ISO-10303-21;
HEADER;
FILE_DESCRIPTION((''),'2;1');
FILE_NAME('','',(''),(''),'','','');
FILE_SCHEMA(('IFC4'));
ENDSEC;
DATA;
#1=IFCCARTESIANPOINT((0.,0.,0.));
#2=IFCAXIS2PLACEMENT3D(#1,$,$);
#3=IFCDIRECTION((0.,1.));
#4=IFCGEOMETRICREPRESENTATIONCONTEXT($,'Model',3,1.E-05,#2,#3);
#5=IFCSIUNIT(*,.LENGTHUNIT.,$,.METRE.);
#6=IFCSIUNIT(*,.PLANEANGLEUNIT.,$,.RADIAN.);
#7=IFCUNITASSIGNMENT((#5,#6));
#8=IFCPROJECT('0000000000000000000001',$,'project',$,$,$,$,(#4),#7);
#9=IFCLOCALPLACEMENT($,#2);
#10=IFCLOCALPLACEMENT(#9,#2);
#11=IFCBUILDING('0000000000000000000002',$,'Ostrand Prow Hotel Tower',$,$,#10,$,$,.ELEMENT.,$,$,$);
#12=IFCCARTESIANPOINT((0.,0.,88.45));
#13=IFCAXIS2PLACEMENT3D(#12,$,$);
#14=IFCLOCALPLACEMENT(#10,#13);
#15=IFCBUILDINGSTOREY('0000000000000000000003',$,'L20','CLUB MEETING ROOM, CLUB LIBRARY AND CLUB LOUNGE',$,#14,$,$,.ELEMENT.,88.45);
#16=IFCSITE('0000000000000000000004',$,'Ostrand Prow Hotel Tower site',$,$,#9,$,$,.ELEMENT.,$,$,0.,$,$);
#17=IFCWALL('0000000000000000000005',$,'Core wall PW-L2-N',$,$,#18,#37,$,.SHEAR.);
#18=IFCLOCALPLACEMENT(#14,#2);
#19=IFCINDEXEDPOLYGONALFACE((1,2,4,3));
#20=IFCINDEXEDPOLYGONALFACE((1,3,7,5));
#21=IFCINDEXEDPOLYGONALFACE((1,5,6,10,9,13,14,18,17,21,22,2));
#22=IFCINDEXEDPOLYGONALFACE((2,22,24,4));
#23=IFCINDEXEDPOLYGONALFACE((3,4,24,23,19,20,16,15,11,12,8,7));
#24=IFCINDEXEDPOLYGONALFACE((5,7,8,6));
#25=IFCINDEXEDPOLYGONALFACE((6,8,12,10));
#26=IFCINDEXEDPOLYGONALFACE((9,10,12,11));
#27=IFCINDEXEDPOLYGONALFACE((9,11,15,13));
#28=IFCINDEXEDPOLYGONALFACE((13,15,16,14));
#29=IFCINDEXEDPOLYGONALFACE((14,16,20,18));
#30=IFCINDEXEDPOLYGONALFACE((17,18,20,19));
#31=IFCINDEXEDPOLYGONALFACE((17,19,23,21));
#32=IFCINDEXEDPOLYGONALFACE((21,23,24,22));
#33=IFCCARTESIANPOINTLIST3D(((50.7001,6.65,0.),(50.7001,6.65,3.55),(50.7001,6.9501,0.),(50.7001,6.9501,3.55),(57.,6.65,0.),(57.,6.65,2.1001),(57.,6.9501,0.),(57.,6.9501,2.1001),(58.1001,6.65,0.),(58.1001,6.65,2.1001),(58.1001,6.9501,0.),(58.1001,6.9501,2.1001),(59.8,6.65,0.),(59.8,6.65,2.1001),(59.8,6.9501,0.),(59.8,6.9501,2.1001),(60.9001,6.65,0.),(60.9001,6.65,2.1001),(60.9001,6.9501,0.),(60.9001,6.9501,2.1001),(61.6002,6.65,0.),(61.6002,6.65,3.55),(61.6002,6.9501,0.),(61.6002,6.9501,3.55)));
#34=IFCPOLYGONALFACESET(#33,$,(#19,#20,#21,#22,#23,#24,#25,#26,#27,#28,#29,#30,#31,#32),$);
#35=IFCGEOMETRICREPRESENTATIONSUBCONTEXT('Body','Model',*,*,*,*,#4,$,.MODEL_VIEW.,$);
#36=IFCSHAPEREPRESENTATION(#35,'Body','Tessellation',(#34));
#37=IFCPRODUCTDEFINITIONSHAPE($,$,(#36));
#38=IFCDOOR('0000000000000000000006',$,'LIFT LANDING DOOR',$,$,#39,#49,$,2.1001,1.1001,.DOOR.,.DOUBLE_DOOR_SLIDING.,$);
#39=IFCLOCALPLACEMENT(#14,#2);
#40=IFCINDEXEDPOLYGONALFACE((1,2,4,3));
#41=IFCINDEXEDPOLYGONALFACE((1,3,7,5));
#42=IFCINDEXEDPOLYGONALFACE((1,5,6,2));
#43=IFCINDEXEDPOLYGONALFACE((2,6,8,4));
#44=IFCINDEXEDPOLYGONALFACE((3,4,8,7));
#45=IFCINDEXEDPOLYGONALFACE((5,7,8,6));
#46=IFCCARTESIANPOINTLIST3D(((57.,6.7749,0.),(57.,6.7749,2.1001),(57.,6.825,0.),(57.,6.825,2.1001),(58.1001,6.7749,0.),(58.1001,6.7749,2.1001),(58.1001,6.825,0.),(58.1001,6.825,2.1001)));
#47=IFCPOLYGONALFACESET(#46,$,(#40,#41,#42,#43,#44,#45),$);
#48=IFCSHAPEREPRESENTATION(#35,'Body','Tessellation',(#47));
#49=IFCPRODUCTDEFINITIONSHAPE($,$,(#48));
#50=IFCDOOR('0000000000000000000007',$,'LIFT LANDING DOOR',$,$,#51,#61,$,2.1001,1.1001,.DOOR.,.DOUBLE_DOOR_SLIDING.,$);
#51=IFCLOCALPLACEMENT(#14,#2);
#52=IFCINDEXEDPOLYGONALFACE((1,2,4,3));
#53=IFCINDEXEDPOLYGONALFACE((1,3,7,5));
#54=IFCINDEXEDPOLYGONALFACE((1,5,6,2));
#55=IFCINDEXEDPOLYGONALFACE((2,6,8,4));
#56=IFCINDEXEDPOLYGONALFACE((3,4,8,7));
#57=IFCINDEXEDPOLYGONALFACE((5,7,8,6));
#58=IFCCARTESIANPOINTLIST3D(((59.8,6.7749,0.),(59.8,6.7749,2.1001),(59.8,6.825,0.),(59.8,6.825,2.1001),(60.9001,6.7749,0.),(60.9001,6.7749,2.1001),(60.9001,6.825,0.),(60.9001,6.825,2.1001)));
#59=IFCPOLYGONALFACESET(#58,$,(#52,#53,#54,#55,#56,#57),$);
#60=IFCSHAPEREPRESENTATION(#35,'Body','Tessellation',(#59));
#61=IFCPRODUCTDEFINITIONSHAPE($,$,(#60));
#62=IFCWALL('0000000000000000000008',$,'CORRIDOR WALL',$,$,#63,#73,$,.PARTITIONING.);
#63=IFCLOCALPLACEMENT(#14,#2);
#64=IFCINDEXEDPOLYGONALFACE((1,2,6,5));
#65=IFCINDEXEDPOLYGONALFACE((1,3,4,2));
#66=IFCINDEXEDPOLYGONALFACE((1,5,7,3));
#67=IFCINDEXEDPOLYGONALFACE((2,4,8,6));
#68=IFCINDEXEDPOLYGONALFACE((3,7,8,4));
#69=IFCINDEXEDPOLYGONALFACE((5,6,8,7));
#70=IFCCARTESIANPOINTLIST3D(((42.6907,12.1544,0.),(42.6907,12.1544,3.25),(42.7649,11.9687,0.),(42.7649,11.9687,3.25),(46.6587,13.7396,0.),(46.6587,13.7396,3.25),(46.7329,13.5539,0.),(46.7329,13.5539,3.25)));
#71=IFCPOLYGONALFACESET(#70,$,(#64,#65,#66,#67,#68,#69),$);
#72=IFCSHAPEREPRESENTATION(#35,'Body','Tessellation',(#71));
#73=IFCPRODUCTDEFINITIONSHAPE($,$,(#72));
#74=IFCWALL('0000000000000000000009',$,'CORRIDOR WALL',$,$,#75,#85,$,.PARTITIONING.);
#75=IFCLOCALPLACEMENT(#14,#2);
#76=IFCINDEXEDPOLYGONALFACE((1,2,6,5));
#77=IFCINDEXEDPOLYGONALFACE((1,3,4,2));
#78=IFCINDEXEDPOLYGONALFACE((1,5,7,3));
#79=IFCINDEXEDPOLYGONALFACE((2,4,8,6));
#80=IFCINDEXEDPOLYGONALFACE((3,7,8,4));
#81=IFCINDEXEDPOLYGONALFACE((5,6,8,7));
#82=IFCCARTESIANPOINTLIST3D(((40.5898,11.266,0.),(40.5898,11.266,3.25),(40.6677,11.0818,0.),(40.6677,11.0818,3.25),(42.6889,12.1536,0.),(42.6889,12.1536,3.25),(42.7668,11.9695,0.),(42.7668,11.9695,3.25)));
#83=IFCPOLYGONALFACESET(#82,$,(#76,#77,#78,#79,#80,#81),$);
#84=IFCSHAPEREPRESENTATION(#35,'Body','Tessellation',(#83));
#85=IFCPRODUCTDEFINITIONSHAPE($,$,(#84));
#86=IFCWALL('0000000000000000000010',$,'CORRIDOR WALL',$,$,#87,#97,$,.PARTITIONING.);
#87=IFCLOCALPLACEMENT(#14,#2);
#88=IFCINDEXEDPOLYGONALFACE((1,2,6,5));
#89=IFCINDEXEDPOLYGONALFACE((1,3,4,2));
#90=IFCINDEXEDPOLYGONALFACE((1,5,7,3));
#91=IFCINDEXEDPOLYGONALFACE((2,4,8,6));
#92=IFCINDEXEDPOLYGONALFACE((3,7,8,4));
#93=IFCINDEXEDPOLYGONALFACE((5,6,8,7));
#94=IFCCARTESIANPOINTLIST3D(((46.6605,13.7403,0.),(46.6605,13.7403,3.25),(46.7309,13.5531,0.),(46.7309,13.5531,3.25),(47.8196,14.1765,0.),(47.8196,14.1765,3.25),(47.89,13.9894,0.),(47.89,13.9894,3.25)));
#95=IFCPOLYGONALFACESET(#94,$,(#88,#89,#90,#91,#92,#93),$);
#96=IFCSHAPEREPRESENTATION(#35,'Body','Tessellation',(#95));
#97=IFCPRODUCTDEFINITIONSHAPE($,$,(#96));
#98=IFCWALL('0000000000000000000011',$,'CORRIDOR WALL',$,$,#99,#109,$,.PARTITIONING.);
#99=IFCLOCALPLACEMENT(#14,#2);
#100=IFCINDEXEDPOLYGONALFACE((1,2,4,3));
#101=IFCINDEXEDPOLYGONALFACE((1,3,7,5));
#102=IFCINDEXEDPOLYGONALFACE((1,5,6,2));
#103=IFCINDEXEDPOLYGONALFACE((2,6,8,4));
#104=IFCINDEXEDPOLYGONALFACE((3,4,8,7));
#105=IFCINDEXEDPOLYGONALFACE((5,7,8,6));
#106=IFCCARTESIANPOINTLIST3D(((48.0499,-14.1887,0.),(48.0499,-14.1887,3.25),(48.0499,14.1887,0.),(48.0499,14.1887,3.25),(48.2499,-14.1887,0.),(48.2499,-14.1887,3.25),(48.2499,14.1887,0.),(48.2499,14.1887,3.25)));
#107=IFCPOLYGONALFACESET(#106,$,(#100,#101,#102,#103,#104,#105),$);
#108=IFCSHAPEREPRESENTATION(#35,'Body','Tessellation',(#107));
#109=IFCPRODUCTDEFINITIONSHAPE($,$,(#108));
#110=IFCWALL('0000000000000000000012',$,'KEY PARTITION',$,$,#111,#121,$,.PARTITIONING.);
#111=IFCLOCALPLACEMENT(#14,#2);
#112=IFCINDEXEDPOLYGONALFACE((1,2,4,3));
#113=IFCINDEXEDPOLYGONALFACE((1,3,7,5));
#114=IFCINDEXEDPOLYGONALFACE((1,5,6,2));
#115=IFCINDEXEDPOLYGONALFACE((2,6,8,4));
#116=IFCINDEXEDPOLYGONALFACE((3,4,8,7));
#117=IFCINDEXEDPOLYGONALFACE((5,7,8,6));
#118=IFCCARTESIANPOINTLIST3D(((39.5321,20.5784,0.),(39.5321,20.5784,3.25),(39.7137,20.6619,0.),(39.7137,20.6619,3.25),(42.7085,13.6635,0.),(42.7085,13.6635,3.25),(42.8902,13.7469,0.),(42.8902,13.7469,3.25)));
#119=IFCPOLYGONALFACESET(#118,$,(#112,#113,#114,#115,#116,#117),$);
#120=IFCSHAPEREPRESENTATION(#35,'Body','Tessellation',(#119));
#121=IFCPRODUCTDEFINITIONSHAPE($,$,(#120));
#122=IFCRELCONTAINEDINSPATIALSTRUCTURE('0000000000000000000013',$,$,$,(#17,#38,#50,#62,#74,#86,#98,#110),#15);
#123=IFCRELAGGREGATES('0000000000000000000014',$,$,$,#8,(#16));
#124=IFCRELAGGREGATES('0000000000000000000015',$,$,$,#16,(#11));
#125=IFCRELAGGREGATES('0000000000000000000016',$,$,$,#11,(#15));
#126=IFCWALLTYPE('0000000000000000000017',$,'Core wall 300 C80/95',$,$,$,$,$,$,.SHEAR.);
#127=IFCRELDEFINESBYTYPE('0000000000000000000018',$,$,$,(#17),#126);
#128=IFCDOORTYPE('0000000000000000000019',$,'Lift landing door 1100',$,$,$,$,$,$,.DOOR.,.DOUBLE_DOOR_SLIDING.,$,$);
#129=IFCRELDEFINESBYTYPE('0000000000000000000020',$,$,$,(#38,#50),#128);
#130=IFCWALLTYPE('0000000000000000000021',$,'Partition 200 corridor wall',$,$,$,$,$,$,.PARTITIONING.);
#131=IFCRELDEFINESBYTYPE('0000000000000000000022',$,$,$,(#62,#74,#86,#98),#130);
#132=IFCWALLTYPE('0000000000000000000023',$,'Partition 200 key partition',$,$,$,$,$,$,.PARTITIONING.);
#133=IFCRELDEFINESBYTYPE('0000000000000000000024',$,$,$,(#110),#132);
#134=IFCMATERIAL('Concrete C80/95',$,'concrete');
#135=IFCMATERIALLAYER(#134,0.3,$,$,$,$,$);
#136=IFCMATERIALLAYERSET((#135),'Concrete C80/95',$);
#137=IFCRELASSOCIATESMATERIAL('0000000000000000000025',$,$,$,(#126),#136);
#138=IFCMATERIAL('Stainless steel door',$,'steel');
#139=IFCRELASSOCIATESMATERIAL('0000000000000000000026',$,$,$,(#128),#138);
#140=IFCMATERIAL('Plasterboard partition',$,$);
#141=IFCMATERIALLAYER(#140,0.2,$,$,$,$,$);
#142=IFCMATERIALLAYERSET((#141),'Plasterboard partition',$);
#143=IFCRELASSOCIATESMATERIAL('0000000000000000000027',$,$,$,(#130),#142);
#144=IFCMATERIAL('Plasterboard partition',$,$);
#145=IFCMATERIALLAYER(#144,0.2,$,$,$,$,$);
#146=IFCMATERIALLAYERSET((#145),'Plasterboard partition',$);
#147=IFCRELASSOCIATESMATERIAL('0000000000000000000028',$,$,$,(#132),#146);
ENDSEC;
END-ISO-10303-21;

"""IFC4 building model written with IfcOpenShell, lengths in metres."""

from ifc_helpers import new_model, si_unit, direction, frame, frame_2d, origin, place, context, subcontext, project, spatial, rectangle, extrude, material, layer, layer_set, type_object, element, fill, save


model = new_model("IFC4")

# Units and contexts
model_context = context("Model", 3, precision=1e-05, world=origin(), true_north=direction((0.0, 1.0)))
body_context = subcontext(model_context, "Body", "Model", "MODEL_VIEW")
ifc_project = project(units=[si_unit("LENGTHUNIT", "METRE"), si_unit("PLANEANGLEUNIT", "RADIAN")], contexts=[model_context])

# Site, building, storey
site_placement = place(None, origin())
site = spatial("IfcSite", under=ifc_project, at=site_placement, Name="Ostrand Prow Hotel Tower site", CompositionType="ELEMENT", RefElevation=0.0)
building_placement = place(site_placement, origin())
building = spatial("IfcBuilding", under=site, at=building_placement, Name="Ostrand Prow Hotel Tower", CompositionType="ELEMENT")
storey_placement = place(building_placement, frame((0.0, 0.0, 88.45)))
storey = spatial("IfcBuildingStorey", under=building, at=storey_placement, Name="L20", Description="CLUB MEETING ROOM, CLUB LIBRARY AND CLUB LOUNGE", CompositionType="ELEMENT", Elevation=88.45)

# Wall, openings, doors
ifc_material_1 = material(Name="Concrete C80/95", Category="concrete")
ifc_layer_1 = layer(ifc_material_1, 0.3)
ifc_layer_set_1 = layer_set([ifc_layer_1], Name="Concrete C80/95")
wall_type_1 = type_object("IfcWallType", Name="Core wall 300 C80/95", PredefinedType="SHEAR", material=ifc_layer_set_1)
wall_1_placement = place(storey_placement, frame((50.7, 6.8, 0.0), z_axis=(0.0, 0.0, 1.0), x_axis=(1.0, 0.0, 0.0)))
wall_1 = element("IfcWall", 1, at=wall_1_placement, inside=storey, type_object=wall_type_1, Name="Core wall PW-L2-N", PredefinedType="SHEAR", context=body_context, shape_type="SweptSolid", body=[
    extrude(rectangle(XDim=10.9001, YDim=0.3, at=frame_2d((5.4502, 0.0))), origin(), (0.0, 0.0, 1.0), 3.55),
])
opening_1_placement = place(wall_1_placement, frame((6.3, 0.0, 0.0)))
opening_1 = element("IfcOpeningElement", 2, at=opening_1_placement, cuts=wall_1, PredefinedType="OPENING", context=body_context, shape_type="SweptSolid", body=[
    extrude(rectangle(XDim=1.1001, YDim=2.1001, at=frame_2d((0.55, 1.05))), frame((0.0, 0.1599, 0.0), z_axis=(0.0, -1.0, 0.0), x_axis=(1.0, 0.0, 0.0)), (0.0, 0.0, 1.0), 0.3201),
])
opening_2_placement = place(wall_1_placement, frame((9.1001, 0.0, 0.0)))
opening_2 = element("IfcOpeningElement", 3, at=opening_2_placement, cuts=wall_1, PredefinedType="OPENING", context=body_context, shape_type="SweptSolid", body=[
    extrude(rectangle(XDim=1.1001, YDim=2.1001, at=frame_2d((0.55, 1.05))), frame((0.0, 0.1599, 0.0), z_axis=(0.0, -1.0, 0.0), x_axis=(1.0, 0.0, 0.0)), (0.0, 0.0, 1.0), 0.3201),
])
ifc_material_2 = material(Name="Stainless steel door", Category="steel")
door_type_1 = type_object("IfcDoorType", Name="Lift landing door 1100", OperationType="DOUBLE_DOOR_SLIDING", PredefinedType="DOOR", material=ifc_material_2)
door_1_placement = place(opening_1_placement, origin())
door_1 = element("IfcDoor", 4, at=door_1_placement, inside=storey, type_object=door_type_1, Name="LIFT LANDING DOOR", OperationType="DOUBLE_DOOR_SLIDING", OverallHeight=2.1001, OverallWidth=1.1001, PredefinedType="DOOR", context=body_context, shape_type="SweptSolid", body=[
    extrude(rectangle(XDim=1.1001, YDim=2.1001, at=frame_2d((0.55, 1.05))), frame((0.0, 0.0249, 0.0), z_axis=(0.0, -1.0, 0.0), x_axis=(1.0, 0.0, 0.0)), (0.0, 0.0, 1.0), 0.05),
])
fill(opening_1, door_1)
door_2_placement = place(opening_2_placement, origin())
door_2 = element("IfcDoor", 5, at=door_2_placement, inside=storey, type_object=door_type_1, Name="LIFT LANDING DOOR", OperationType="DOUBLE_DOOR_SLIDING", OverallHeight=2.1001, OverallWidth=1.1001, PredefinedType="DOOR", context=body_context, shape_type="SweptSolid", body=[
    extrude(rectangle(XDim=1.1001, YDim=2.1001, at=frame_2d((0.55, 1.05))), frame((0.0, 0.0249, 0.0), z_axis=(0.0, -1.0, 0.0), x_axis=(1.0, 0.0, 0.0)), (0.0, 0.0, 1.0), 0.05),
])
fill(opening_2, door_2)

# Shared definitions
ifc_material_3 = material(Name="Plasterboard partition")
ifc_layer_2 = layer(ifc_material_3, 0.2)
ifc_layer_set_2 = layer_set([ifc_layer_2], Name="Plasterboard partition")
wall_type_2 = type_object("IfcWallType", Name="Partition 200 corridor wall", PredefinedType="PARTITIONING", material=ifc_layer_set_2)

# Walls
wall_2_placement = place(storey_placement, frame((42.7278, 12.0615, 0.0), z_axis=(0.0, 0.0, 1.0), x_axis=(0.928638, 0.370987, 0.0)))
element("IfcWall", 6, at=wall_2_placement, inside=storey, type_object=wall_type_2, Name="CORRIDOR WALL", PredefinedType="PARTITIONING", context=body_context, shape_type="SweptSolid", body=[
    extrude(rectangle(XDim=4.2729, YDim=0.2, at=frame_2d((2.1365, 0.0))), origin(), (0.0, 0.0, 1.0), 3.25),
])
wall_3_placement = place(storey_placement, frame((40.6287, 11.1738, 0.0), z_axis=(0.0, 0.0, 1.0), x_axis=(0.921029, 0.389493, 0.0)))
element("IfcWall", 7, at=wall_3_placement, inside=storey, type_object=wall_type_2, Name="CORRIDOR WALL", PredefinedType="PARTITIONING", context=body_context, shape_type="SweptSolid", body=[
    extrude(rectangle(XDim=2.2791, YDim=0.2, at=frame_2d((1.1396, 0.0))), origin(), (0.0, 0.0, 1.0), 3.25),
])
wall_4_placement = place(storey_placement, frame((46.6958, 13.6467, 0.0), z_axis=(0.0, 0.0, 1.0), x_axis=(0.935907, 0.352246, 0.0)))
element("IfcWall", 8, at=wall_4_placement, inside=storey, type_object=wall_type_2, Name="CORRIDOR WALL", PredefinedType="PARTITIONING", context=body_context, shape_type="SweptSolid", body=[
    extrude(rectangle(XDim=1.2385, YDim=0.2, at=frame_2d((0.6191, 0.0))), origin(), (0.0, 0.0, 1.0), 3.25),
])
wall_5_placement = place(storey_placement, frame((48.1499, 14.1887, 0.0), z_axis=(0.0, 0.0, 1.0), x_axis=(0.0, -1.0, 0.0)))
element("IfcWall", 9, at=wall_5_placement, inside=storey, type_object=wall_type_2, Name="CORRIDOR WALL", PredefinedType="PARTITIONING", context=body_context, shape_type="SweptSolid", body=[
    extrude(rectangle(XDim=28.3774, YDim=0.2, at=frame_2d((14.1887, 0.0))), origin(), (0.0, 0.0, 1.0), 3.25),
])
ifc_material_4 = material(Name="Plasterboard partition")
ifc_layer_3 = layer(ifc_material_4, 0.2)
ifc_layer_set_3 = layer_set([ifc_layer_3], Name="Plasterboard partition")
wall_type_3 = type_object("IfcWallType", Name="Partition 200 key partition", PredefinedType="PARTITIONING", material=ifc_layer_set_3)
wall_6_placement = place(storey_placement, frame((42.7993, 13.7053, 0.0), z_axis=(0.0, 0.0, 1.0), x_axis=(-0.417428, 0.90871, 0.0)))
element("IfcWall", 10, at=wall_6_placement, inside=storey, type_object=wall_type_3, Name="KEY PARTITION", PredefinedType="PARTITIONING", context=body_context, shape_type="SweptSolid", body=[
    extrude(rectangle(XDim=7.6096, YDim=0.2, at=frame_2d((3.8047, 0.0))), origin(), (0.0, 0.0, 1.0), 3.25),
])

save(model, "model.ifc")
